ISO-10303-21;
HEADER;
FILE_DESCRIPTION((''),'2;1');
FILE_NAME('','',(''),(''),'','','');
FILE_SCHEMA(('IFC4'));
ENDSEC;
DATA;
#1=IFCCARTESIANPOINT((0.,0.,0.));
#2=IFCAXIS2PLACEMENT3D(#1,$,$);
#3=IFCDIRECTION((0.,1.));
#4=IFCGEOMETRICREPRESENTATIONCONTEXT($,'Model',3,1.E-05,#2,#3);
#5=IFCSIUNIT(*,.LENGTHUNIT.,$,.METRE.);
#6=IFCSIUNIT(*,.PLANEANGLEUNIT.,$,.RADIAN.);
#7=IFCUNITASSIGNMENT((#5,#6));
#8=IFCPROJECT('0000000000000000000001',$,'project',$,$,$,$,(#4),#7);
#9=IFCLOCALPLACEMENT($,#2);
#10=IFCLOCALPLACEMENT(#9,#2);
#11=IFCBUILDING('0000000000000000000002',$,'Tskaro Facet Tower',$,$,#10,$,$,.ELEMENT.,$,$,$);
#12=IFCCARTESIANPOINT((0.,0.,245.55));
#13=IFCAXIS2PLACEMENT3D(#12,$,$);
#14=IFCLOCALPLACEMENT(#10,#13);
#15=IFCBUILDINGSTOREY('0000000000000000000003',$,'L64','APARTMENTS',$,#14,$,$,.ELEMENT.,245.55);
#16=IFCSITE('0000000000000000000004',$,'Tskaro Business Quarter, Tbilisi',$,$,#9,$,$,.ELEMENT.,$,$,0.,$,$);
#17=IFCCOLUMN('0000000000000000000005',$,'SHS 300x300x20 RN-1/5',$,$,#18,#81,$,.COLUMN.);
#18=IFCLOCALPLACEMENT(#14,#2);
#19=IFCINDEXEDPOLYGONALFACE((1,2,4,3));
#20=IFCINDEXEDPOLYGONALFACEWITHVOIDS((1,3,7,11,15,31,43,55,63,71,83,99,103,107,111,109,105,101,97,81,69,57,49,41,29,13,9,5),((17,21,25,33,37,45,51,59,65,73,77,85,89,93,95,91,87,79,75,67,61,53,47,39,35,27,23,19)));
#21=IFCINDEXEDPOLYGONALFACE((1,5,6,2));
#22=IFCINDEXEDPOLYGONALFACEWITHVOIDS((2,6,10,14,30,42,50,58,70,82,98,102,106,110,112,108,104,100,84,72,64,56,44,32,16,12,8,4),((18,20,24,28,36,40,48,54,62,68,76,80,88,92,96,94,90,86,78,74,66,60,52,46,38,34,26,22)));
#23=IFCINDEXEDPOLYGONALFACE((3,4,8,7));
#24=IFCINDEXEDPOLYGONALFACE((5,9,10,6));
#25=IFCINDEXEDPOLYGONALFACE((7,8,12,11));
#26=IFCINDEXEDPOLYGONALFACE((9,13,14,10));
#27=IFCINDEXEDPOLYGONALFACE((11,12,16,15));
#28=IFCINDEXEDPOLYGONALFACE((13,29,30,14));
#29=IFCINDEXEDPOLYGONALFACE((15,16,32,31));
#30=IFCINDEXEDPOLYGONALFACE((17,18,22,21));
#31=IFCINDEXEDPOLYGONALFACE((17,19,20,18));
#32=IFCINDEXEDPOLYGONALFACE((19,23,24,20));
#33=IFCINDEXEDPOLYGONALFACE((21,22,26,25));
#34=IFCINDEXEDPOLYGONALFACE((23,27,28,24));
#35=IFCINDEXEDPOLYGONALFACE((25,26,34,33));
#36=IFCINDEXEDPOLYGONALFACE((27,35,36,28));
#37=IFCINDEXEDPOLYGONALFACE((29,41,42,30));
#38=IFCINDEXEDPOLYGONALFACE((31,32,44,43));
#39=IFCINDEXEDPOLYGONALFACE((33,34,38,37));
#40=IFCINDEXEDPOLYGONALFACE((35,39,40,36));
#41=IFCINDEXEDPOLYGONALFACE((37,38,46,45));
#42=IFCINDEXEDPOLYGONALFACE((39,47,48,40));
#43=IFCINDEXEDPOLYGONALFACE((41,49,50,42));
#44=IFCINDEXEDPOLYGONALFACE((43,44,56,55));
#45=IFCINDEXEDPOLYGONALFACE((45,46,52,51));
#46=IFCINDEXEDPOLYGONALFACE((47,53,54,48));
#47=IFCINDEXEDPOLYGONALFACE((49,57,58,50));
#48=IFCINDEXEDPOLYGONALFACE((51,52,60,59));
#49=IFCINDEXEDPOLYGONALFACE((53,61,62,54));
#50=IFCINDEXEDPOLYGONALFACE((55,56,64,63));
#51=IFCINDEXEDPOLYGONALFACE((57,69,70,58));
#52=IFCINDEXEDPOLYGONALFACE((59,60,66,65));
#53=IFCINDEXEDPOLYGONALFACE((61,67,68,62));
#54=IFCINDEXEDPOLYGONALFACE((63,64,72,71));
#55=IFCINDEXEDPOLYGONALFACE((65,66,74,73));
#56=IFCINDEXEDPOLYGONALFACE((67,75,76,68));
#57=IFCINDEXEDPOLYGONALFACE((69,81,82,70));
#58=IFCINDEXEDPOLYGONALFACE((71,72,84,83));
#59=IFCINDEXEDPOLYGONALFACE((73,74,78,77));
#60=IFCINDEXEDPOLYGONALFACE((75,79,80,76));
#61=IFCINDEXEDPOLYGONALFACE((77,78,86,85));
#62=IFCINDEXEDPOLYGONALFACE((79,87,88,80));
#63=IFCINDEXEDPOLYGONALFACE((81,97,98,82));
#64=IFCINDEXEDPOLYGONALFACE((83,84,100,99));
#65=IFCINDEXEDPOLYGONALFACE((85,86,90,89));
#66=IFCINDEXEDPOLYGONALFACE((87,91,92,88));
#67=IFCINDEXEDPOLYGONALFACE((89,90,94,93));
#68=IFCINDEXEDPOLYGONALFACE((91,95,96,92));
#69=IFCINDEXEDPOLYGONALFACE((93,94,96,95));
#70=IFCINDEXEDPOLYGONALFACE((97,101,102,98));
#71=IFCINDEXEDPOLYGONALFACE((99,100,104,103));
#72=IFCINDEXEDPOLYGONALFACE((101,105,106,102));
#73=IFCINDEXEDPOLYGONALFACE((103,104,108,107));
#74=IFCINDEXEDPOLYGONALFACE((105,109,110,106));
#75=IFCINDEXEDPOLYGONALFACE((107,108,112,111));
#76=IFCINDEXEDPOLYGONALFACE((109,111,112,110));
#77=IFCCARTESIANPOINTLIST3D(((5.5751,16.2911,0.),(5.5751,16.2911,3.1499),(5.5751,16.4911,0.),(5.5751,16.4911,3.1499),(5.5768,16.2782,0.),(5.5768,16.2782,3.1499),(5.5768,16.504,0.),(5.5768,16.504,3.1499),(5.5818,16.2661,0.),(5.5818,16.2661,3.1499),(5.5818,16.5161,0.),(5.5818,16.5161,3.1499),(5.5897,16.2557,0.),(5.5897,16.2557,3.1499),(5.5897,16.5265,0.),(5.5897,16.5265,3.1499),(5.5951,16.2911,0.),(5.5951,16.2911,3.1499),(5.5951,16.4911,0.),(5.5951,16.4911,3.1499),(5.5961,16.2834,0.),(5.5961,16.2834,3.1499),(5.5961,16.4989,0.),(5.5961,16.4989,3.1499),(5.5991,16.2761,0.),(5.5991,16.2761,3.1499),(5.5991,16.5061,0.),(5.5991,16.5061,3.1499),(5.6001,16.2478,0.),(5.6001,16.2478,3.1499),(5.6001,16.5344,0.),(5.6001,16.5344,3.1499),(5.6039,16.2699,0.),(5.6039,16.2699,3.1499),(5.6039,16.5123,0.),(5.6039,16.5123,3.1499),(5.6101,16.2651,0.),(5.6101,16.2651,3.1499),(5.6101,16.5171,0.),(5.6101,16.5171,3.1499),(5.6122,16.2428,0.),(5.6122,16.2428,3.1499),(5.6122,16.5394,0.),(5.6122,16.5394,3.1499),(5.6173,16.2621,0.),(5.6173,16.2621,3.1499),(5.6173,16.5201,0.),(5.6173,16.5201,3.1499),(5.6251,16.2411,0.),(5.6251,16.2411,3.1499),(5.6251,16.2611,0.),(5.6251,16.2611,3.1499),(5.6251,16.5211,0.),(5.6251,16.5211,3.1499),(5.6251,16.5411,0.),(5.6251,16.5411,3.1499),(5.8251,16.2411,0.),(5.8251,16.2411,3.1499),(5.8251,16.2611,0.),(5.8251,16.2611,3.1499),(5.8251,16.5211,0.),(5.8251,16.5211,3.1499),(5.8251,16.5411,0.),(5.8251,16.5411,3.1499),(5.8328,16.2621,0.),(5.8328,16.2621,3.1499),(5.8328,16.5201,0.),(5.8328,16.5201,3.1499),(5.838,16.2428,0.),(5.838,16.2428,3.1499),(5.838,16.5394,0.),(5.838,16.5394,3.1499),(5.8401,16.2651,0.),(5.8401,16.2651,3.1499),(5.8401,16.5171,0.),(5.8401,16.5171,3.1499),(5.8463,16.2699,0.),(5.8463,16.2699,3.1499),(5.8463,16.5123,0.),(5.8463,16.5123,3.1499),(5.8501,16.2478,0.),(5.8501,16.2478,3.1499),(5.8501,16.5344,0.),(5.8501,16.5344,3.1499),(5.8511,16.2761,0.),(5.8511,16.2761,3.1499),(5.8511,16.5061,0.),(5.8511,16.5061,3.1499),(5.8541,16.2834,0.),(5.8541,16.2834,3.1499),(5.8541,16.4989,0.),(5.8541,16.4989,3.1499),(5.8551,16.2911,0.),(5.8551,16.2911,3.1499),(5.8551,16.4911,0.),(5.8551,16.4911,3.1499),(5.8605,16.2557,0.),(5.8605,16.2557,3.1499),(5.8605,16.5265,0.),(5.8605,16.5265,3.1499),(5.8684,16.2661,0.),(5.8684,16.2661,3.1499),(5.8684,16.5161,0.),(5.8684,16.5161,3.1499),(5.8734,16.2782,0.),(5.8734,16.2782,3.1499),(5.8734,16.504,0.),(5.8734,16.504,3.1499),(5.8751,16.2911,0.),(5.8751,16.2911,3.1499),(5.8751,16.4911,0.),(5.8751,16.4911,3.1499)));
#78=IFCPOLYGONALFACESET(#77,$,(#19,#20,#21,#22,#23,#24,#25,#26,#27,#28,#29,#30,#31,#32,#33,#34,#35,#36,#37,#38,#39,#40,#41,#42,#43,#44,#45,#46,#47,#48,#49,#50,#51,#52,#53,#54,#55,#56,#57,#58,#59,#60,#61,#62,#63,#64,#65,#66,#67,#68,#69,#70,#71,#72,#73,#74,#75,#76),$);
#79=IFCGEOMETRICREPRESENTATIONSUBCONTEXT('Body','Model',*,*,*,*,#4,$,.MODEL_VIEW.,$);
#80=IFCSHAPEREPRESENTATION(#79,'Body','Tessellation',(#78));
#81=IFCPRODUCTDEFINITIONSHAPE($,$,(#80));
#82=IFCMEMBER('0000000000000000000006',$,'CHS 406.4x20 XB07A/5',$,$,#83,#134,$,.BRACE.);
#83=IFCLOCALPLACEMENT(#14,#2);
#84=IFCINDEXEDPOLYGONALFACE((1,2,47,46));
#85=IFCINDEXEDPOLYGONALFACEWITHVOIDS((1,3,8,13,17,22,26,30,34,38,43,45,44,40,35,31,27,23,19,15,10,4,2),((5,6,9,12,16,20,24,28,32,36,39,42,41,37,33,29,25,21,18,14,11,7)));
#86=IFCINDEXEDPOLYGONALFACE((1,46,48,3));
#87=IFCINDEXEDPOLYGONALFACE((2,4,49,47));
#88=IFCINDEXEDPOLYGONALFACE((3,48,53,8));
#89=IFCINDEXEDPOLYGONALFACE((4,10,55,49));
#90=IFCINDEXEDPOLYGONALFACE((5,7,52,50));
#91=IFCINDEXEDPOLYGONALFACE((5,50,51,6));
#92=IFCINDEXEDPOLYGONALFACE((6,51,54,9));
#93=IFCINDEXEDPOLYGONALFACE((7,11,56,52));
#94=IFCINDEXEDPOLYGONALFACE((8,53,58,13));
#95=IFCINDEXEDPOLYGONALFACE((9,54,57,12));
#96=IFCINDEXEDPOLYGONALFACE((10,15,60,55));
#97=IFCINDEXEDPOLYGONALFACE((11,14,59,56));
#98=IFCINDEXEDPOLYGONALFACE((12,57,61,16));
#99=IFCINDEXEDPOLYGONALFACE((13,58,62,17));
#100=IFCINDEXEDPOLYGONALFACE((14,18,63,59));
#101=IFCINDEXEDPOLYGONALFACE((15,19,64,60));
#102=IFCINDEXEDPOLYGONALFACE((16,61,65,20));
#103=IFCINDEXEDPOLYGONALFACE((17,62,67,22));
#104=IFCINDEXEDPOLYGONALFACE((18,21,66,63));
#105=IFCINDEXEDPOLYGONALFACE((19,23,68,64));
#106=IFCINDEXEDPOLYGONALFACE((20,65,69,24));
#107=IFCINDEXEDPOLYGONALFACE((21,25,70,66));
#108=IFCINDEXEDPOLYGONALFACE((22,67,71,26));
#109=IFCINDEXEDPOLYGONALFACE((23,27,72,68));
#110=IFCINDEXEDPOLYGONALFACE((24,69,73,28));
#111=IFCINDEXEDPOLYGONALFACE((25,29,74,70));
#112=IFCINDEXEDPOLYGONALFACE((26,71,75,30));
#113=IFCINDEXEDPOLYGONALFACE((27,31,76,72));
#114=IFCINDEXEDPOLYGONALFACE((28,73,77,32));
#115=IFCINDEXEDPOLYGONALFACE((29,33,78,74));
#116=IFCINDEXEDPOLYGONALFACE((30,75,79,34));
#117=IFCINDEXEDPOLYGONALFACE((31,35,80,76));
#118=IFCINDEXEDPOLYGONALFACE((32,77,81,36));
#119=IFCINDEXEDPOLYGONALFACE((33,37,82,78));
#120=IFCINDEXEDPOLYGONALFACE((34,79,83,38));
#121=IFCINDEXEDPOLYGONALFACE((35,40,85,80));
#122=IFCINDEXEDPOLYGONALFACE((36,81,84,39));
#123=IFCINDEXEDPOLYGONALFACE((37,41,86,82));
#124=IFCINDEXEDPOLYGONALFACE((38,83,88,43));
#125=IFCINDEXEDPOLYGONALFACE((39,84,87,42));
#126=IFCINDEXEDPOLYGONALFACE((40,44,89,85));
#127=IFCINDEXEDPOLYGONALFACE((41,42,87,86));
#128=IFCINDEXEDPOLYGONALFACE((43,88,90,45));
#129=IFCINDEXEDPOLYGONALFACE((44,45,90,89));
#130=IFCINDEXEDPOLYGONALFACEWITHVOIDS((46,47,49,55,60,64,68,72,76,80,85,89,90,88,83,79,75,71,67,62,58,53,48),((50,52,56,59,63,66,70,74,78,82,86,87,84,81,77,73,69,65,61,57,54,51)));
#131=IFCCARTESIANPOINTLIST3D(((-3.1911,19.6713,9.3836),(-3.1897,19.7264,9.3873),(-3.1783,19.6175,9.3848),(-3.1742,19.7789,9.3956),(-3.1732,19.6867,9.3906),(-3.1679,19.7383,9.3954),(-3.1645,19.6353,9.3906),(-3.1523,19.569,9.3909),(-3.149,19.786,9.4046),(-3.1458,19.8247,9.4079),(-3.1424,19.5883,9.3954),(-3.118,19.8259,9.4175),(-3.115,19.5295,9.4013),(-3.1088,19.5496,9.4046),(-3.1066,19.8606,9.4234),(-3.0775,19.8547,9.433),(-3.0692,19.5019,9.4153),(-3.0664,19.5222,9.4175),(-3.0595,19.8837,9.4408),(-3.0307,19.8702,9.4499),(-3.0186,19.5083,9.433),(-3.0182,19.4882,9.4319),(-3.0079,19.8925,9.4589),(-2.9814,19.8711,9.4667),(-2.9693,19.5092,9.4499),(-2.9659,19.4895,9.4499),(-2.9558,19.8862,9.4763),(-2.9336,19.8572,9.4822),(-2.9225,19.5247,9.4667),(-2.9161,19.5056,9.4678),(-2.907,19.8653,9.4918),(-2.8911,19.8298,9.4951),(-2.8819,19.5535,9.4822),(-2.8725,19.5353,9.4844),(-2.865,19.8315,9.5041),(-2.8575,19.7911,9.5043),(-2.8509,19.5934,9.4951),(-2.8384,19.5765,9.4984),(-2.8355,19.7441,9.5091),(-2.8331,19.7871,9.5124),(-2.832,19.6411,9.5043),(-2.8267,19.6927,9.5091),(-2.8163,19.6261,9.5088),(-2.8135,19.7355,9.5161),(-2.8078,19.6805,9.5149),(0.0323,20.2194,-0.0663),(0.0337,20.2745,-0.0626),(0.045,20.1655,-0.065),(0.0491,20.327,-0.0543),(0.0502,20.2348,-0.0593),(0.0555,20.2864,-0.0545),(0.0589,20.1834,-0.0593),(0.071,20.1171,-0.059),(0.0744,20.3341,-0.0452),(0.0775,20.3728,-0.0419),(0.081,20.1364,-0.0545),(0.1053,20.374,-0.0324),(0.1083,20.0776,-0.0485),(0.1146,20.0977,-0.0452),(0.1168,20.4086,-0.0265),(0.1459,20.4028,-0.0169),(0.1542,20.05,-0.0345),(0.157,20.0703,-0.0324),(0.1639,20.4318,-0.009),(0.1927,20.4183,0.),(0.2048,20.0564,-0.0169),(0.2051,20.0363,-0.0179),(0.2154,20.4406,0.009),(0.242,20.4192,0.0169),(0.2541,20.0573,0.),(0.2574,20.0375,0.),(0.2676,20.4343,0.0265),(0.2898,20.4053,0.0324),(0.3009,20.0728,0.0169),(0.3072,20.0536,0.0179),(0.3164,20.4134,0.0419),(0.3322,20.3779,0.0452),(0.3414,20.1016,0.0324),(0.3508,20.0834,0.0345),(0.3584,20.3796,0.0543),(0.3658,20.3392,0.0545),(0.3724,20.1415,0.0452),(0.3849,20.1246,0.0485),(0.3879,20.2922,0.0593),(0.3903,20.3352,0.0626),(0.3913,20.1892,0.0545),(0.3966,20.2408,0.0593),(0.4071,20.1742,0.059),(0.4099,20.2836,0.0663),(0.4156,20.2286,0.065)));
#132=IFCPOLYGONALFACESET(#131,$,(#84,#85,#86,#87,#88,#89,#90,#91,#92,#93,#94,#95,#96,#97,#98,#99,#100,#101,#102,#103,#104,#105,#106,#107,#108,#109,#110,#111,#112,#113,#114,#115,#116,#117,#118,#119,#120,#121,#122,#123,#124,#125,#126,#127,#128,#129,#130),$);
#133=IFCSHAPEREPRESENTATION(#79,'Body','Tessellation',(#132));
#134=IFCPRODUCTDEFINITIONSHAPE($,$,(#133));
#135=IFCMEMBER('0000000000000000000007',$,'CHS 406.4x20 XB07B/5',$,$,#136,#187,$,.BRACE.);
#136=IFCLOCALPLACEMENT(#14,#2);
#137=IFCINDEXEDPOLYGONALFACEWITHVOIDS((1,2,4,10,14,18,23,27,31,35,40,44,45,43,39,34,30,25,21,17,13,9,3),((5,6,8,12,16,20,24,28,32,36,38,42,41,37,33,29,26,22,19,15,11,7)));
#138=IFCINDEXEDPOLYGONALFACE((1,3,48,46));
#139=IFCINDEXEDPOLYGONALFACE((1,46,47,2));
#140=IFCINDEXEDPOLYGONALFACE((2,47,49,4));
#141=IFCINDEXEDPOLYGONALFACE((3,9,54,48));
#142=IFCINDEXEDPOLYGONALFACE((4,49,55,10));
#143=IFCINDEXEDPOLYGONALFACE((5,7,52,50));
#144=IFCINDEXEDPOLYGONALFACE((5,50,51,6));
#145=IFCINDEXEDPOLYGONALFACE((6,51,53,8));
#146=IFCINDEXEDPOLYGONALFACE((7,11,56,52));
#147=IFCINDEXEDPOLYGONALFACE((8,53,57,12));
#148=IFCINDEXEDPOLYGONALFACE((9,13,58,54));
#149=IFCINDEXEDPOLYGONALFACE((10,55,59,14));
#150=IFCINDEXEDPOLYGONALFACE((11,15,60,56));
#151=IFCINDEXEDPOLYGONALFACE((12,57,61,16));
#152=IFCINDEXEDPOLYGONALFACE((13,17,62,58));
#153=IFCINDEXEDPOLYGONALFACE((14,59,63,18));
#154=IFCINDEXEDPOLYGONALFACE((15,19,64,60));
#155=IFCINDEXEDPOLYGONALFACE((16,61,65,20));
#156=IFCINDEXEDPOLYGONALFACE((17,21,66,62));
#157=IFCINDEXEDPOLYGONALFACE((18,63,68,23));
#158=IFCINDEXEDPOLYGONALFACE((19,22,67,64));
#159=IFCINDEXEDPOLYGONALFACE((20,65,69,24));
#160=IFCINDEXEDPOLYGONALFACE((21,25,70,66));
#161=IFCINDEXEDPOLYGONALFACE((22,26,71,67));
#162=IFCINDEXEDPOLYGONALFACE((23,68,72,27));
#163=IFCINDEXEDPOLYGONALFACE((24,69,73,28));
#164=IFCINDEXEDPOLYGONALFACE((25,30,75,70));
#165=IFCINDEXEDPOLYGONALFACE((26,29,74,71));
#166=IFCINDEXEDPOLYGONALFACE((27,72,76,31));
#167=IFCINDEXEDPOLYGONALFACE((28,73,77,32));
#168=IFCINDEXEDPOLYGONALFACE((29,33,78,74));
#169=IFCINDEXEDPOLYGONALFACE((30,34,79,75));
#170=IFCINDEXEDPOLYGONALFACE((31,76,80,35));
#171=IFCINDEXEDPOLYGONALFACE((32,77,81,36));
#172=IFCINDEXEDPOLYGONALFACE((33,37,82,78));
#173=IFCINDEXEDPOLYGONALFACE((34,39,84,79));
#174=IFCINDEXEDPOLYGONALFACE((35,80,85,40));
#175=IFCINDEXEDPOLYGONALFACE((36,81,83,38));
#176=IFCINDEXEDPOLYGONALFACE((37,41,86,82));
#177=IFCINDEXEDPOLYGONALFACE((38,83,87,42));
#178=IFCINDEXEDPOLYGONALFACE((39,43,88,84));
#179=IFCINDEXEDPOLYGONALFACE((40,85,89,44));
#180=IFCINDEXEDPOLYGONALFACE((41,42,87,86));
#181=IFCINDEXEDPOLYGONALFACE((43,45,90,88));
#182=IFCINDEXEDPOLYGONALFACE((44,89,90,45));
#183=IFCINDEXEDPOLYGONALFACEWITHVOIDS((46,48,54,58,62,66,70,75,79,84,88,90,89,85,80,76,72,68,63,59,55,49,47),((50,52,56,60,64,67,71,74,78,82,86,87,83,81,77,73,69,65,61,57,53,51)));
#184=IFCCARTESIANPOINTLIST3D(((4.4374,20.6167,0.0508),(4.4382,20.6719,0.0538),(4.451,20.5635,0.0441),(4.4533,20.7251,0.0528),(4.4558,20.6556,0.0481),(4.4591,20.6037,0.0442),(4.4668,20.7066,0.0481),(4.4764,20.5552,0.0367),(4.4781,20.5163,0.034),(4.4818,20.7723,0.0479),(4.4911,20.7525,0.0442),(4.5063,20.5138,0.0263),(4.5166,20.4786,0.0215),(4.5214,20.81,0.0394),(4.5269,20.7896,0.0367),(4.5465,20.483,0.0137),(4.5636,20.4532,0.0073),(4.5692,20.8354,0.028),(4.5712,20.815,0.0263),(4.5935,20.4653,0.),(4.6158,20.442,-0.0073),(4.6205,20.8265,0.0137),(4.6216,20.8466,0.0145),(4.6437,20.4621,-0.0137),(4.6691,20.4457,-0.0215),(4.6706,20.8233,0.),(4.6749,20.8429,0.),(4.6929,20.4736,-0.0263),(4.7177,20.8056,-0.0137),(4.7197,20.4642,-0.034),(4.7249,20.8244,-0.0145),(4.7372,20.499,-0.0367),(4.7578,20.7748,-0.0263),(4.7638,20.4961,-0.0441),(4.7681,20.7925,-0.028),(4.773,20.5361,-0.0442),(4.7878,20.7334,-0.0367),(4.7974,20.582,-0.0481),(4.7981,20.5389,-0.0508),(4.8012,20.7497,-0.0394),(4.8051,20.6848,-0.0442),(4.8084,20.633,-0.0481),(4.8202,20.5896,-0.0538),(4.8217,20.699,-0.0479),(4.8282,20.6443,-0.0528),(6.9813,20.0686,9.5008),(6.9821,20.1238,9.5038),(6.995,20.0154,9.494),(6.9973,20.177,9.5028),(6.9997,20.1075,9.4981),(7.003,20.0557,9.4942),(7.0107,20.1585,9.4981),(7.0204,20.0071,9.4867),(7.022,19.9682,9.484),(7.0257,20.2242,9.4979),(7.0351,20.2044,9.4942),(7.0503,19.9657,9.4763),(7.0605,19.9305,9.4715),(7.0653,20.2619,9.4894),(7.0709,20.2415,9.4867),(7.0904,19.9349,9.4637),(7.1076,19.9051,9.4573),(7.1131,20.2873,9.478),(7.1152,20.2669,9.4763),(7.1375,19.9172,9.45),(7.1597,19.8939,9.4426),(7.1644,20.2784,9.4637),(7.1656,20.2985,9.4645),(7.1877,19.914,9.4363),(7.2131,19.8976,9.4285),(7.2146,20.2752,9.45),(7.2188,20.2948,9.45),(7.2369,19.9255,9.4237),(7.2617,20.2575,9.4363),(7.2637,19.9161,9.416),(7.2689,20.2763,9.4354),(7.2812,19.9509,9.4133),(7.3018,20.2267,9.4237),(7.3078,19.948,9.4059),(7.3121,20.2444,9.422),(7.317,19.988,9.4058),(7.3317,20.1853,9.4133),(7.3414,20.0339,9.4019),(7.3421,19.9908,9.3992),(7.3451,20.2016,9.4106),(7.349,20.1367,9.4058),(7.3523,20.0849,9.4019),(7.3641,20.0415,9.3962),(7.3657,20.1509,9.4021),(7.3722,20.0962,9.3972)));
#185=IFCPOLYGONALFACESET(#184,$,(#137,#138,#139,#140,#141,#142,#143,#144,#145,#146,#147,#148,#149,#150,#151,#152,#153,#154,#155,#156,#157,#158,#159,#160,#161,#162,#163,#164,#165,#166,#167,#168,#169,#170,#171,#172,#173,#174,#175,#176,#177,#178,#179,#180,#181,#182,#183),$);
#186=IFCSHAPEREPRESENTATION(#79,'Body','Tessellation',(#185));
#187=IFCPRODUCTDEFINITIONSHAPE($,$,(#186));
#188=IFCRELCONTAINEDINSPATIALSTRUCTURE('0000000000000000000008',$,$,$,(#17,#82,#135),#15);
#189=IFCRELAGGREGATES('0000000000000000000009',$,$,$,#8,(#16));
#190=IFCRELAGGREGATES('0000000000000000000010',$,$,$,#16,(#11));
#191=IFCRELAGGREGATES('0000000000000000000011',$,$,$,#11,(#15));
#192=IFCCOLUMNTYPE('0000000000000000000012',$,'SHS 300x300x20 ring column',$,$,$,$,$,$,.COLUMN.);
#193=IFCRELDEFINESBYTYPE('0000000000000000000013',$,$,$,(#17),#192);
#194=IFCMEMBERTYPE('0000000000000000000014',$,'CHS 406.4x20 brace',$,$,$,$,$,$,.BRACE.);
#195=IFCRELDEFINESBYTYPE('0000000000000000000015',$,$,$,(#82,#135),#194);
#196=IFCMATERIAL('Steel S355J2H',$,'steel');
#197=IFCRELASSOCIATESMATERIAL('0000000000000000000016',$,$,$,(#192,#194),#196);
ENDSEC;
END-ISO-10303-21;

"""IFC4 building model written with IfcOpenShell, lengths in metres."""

from ifc_helpers import new_model, si_unit, direction, frame, origin, origin_2d, place, context, subcontext, project, spatial, hollow_rectangle, hollow_circle, extrude, material, material_profile, profile_set, type_object, element, save


model = new_model("IFC4")

# Units and contexts
model_context = context("Model", 3, precision=1e-05, world=origin(), true_north=direction((0.0, 1.0)))
body_context = subcontext(model_context, "Body", "Model", "MODEL_VIEW")
ifc_project = project(units=[si_unit("LENGTHUNIT", "METRE"), si_unit("PLANEANGLEUNIT", "RADIAN")], contexts=[model_context])

# Site, building, storey
site_placement = place(None, origin())
site = spatial("IfcSite", under=ifc_project, at=site_placement, Name="Tskaro Business Quarter, Tbilisi", CompositionType="ELEMENT", RefElevation=0.0)
building_placement = place(site_placement, origin())
building = spatial("IfcBuilding", under=site, at=building_placement, Name="Tskaro Facet Tower", CompositionType="ELEMENT")
storey_placement = place(building_placement, frame((0.0, 0.0, 245.55)))
storey = spatial("IfcBuildingStorey", under=building, at=storey_placement, Name="L64", Description="APARTMENTS", CompositionType="ELEMENT", Elevation=245.55)

# Column
ifc_material_1 = material(Name="Steel S355J2H", Category="steel")
ifc_material_profile_1 = material_profile(ifc_material_1, hollow_rectangle(XDim=0.3, YDim=0.3, WallThickness=0.02, InnerFilletRadius=0.03, OuterFilletRadius=0.05, at=origin_2d()), Name="SHS 300x300x20")
ifc_profile_set_1 = profile_set([ifc_material_profile_1], Name="Steel S355J2H")
column_type = type_object("IfcColumnType", Name="SHS 300x300x20 ring column", PredefinedType="COLUMN", material=ifc_profile_set_1)
column_placement = place(storey_placement, frame((5.7251, 16.3911, 0.0), z_axis=(0.0, 0.0, 1.0), x_axis=(1.0, 0.0, 0.0)))
element("IfcColumn", 1, at=column_placement, inside=storey, type_object=column_type, Name="SHS 300x300x20 RN-1/5", PredefinedType="COLUMN", context=body_context, shape_type="SweptSolid", body=[
    extrude(hollow_rectangle(XDim=0.3, YDim=0.3, WallThickness=0.02, InnerFilletRadius=0.03, OuterFilletRadius=0.05, at=origin_2d()), origin(), (0.0, 0.0, 1.0), 3.1499),
])

# Members
ifc_material_profile_2 = material_profile(ifc_material_1, hollow_circle(Radius=0.2031, WallThickness=0.02, at=origin_2d()), Name="CHS 406.4x20")
ifc_profile_set_2 = profile_set([ifc_material_profile_2], Name="Steel S355J2H")
member_type_1 = type_object("IfcMemberType", Name="CHS 406.4x20 brace", PredefinedType="BRACE", material=ifc_profile_set_2)
member_1_placement = place(storey_placement, frame((0.2234, 20.2378, 0.0), z_axis=(-0.322351, -0.054812, 0.945032), x_axis=(0.167631, -0.98585, 0.0)))
element("IfcMember", 2, at=member_1_placement, inside=storey, type_object=member_type_1, Name="CHS 406.4x20 XB07A/5", PredefinedType="BRACE", context=body_context, shape_type="SweptSolid", body=[
    extrude(hollow_circle(Radius=0.2031, WallThickness=0.02, at=origin_2d()), origin(), (0.0, 0.0, 1.0), 9.9995),
])
member_2_placement = place(storey_placement, frame((4.6321, 20.6443, 0.0), z_axis=(0.259541, -0.055918, 0.964112), x_axis=(0.210618, 0.977568, 0.0)))
element("IfcMember", 3, at=member_2_placement, inside=storey, type_object=member_type_1, Name="CHS 406.4x20 XB07B/5", PredefinedType="BRACE", context=body_context, shape_type="SweptSolid", body=[
    extrude(hollow_circle(Radius=0.2031, WallThickness=0.02, at=origin_2d()), origin(), (0.0, 0.0, 1.0), 9.8018),
])

save(model, "model.ifc")
